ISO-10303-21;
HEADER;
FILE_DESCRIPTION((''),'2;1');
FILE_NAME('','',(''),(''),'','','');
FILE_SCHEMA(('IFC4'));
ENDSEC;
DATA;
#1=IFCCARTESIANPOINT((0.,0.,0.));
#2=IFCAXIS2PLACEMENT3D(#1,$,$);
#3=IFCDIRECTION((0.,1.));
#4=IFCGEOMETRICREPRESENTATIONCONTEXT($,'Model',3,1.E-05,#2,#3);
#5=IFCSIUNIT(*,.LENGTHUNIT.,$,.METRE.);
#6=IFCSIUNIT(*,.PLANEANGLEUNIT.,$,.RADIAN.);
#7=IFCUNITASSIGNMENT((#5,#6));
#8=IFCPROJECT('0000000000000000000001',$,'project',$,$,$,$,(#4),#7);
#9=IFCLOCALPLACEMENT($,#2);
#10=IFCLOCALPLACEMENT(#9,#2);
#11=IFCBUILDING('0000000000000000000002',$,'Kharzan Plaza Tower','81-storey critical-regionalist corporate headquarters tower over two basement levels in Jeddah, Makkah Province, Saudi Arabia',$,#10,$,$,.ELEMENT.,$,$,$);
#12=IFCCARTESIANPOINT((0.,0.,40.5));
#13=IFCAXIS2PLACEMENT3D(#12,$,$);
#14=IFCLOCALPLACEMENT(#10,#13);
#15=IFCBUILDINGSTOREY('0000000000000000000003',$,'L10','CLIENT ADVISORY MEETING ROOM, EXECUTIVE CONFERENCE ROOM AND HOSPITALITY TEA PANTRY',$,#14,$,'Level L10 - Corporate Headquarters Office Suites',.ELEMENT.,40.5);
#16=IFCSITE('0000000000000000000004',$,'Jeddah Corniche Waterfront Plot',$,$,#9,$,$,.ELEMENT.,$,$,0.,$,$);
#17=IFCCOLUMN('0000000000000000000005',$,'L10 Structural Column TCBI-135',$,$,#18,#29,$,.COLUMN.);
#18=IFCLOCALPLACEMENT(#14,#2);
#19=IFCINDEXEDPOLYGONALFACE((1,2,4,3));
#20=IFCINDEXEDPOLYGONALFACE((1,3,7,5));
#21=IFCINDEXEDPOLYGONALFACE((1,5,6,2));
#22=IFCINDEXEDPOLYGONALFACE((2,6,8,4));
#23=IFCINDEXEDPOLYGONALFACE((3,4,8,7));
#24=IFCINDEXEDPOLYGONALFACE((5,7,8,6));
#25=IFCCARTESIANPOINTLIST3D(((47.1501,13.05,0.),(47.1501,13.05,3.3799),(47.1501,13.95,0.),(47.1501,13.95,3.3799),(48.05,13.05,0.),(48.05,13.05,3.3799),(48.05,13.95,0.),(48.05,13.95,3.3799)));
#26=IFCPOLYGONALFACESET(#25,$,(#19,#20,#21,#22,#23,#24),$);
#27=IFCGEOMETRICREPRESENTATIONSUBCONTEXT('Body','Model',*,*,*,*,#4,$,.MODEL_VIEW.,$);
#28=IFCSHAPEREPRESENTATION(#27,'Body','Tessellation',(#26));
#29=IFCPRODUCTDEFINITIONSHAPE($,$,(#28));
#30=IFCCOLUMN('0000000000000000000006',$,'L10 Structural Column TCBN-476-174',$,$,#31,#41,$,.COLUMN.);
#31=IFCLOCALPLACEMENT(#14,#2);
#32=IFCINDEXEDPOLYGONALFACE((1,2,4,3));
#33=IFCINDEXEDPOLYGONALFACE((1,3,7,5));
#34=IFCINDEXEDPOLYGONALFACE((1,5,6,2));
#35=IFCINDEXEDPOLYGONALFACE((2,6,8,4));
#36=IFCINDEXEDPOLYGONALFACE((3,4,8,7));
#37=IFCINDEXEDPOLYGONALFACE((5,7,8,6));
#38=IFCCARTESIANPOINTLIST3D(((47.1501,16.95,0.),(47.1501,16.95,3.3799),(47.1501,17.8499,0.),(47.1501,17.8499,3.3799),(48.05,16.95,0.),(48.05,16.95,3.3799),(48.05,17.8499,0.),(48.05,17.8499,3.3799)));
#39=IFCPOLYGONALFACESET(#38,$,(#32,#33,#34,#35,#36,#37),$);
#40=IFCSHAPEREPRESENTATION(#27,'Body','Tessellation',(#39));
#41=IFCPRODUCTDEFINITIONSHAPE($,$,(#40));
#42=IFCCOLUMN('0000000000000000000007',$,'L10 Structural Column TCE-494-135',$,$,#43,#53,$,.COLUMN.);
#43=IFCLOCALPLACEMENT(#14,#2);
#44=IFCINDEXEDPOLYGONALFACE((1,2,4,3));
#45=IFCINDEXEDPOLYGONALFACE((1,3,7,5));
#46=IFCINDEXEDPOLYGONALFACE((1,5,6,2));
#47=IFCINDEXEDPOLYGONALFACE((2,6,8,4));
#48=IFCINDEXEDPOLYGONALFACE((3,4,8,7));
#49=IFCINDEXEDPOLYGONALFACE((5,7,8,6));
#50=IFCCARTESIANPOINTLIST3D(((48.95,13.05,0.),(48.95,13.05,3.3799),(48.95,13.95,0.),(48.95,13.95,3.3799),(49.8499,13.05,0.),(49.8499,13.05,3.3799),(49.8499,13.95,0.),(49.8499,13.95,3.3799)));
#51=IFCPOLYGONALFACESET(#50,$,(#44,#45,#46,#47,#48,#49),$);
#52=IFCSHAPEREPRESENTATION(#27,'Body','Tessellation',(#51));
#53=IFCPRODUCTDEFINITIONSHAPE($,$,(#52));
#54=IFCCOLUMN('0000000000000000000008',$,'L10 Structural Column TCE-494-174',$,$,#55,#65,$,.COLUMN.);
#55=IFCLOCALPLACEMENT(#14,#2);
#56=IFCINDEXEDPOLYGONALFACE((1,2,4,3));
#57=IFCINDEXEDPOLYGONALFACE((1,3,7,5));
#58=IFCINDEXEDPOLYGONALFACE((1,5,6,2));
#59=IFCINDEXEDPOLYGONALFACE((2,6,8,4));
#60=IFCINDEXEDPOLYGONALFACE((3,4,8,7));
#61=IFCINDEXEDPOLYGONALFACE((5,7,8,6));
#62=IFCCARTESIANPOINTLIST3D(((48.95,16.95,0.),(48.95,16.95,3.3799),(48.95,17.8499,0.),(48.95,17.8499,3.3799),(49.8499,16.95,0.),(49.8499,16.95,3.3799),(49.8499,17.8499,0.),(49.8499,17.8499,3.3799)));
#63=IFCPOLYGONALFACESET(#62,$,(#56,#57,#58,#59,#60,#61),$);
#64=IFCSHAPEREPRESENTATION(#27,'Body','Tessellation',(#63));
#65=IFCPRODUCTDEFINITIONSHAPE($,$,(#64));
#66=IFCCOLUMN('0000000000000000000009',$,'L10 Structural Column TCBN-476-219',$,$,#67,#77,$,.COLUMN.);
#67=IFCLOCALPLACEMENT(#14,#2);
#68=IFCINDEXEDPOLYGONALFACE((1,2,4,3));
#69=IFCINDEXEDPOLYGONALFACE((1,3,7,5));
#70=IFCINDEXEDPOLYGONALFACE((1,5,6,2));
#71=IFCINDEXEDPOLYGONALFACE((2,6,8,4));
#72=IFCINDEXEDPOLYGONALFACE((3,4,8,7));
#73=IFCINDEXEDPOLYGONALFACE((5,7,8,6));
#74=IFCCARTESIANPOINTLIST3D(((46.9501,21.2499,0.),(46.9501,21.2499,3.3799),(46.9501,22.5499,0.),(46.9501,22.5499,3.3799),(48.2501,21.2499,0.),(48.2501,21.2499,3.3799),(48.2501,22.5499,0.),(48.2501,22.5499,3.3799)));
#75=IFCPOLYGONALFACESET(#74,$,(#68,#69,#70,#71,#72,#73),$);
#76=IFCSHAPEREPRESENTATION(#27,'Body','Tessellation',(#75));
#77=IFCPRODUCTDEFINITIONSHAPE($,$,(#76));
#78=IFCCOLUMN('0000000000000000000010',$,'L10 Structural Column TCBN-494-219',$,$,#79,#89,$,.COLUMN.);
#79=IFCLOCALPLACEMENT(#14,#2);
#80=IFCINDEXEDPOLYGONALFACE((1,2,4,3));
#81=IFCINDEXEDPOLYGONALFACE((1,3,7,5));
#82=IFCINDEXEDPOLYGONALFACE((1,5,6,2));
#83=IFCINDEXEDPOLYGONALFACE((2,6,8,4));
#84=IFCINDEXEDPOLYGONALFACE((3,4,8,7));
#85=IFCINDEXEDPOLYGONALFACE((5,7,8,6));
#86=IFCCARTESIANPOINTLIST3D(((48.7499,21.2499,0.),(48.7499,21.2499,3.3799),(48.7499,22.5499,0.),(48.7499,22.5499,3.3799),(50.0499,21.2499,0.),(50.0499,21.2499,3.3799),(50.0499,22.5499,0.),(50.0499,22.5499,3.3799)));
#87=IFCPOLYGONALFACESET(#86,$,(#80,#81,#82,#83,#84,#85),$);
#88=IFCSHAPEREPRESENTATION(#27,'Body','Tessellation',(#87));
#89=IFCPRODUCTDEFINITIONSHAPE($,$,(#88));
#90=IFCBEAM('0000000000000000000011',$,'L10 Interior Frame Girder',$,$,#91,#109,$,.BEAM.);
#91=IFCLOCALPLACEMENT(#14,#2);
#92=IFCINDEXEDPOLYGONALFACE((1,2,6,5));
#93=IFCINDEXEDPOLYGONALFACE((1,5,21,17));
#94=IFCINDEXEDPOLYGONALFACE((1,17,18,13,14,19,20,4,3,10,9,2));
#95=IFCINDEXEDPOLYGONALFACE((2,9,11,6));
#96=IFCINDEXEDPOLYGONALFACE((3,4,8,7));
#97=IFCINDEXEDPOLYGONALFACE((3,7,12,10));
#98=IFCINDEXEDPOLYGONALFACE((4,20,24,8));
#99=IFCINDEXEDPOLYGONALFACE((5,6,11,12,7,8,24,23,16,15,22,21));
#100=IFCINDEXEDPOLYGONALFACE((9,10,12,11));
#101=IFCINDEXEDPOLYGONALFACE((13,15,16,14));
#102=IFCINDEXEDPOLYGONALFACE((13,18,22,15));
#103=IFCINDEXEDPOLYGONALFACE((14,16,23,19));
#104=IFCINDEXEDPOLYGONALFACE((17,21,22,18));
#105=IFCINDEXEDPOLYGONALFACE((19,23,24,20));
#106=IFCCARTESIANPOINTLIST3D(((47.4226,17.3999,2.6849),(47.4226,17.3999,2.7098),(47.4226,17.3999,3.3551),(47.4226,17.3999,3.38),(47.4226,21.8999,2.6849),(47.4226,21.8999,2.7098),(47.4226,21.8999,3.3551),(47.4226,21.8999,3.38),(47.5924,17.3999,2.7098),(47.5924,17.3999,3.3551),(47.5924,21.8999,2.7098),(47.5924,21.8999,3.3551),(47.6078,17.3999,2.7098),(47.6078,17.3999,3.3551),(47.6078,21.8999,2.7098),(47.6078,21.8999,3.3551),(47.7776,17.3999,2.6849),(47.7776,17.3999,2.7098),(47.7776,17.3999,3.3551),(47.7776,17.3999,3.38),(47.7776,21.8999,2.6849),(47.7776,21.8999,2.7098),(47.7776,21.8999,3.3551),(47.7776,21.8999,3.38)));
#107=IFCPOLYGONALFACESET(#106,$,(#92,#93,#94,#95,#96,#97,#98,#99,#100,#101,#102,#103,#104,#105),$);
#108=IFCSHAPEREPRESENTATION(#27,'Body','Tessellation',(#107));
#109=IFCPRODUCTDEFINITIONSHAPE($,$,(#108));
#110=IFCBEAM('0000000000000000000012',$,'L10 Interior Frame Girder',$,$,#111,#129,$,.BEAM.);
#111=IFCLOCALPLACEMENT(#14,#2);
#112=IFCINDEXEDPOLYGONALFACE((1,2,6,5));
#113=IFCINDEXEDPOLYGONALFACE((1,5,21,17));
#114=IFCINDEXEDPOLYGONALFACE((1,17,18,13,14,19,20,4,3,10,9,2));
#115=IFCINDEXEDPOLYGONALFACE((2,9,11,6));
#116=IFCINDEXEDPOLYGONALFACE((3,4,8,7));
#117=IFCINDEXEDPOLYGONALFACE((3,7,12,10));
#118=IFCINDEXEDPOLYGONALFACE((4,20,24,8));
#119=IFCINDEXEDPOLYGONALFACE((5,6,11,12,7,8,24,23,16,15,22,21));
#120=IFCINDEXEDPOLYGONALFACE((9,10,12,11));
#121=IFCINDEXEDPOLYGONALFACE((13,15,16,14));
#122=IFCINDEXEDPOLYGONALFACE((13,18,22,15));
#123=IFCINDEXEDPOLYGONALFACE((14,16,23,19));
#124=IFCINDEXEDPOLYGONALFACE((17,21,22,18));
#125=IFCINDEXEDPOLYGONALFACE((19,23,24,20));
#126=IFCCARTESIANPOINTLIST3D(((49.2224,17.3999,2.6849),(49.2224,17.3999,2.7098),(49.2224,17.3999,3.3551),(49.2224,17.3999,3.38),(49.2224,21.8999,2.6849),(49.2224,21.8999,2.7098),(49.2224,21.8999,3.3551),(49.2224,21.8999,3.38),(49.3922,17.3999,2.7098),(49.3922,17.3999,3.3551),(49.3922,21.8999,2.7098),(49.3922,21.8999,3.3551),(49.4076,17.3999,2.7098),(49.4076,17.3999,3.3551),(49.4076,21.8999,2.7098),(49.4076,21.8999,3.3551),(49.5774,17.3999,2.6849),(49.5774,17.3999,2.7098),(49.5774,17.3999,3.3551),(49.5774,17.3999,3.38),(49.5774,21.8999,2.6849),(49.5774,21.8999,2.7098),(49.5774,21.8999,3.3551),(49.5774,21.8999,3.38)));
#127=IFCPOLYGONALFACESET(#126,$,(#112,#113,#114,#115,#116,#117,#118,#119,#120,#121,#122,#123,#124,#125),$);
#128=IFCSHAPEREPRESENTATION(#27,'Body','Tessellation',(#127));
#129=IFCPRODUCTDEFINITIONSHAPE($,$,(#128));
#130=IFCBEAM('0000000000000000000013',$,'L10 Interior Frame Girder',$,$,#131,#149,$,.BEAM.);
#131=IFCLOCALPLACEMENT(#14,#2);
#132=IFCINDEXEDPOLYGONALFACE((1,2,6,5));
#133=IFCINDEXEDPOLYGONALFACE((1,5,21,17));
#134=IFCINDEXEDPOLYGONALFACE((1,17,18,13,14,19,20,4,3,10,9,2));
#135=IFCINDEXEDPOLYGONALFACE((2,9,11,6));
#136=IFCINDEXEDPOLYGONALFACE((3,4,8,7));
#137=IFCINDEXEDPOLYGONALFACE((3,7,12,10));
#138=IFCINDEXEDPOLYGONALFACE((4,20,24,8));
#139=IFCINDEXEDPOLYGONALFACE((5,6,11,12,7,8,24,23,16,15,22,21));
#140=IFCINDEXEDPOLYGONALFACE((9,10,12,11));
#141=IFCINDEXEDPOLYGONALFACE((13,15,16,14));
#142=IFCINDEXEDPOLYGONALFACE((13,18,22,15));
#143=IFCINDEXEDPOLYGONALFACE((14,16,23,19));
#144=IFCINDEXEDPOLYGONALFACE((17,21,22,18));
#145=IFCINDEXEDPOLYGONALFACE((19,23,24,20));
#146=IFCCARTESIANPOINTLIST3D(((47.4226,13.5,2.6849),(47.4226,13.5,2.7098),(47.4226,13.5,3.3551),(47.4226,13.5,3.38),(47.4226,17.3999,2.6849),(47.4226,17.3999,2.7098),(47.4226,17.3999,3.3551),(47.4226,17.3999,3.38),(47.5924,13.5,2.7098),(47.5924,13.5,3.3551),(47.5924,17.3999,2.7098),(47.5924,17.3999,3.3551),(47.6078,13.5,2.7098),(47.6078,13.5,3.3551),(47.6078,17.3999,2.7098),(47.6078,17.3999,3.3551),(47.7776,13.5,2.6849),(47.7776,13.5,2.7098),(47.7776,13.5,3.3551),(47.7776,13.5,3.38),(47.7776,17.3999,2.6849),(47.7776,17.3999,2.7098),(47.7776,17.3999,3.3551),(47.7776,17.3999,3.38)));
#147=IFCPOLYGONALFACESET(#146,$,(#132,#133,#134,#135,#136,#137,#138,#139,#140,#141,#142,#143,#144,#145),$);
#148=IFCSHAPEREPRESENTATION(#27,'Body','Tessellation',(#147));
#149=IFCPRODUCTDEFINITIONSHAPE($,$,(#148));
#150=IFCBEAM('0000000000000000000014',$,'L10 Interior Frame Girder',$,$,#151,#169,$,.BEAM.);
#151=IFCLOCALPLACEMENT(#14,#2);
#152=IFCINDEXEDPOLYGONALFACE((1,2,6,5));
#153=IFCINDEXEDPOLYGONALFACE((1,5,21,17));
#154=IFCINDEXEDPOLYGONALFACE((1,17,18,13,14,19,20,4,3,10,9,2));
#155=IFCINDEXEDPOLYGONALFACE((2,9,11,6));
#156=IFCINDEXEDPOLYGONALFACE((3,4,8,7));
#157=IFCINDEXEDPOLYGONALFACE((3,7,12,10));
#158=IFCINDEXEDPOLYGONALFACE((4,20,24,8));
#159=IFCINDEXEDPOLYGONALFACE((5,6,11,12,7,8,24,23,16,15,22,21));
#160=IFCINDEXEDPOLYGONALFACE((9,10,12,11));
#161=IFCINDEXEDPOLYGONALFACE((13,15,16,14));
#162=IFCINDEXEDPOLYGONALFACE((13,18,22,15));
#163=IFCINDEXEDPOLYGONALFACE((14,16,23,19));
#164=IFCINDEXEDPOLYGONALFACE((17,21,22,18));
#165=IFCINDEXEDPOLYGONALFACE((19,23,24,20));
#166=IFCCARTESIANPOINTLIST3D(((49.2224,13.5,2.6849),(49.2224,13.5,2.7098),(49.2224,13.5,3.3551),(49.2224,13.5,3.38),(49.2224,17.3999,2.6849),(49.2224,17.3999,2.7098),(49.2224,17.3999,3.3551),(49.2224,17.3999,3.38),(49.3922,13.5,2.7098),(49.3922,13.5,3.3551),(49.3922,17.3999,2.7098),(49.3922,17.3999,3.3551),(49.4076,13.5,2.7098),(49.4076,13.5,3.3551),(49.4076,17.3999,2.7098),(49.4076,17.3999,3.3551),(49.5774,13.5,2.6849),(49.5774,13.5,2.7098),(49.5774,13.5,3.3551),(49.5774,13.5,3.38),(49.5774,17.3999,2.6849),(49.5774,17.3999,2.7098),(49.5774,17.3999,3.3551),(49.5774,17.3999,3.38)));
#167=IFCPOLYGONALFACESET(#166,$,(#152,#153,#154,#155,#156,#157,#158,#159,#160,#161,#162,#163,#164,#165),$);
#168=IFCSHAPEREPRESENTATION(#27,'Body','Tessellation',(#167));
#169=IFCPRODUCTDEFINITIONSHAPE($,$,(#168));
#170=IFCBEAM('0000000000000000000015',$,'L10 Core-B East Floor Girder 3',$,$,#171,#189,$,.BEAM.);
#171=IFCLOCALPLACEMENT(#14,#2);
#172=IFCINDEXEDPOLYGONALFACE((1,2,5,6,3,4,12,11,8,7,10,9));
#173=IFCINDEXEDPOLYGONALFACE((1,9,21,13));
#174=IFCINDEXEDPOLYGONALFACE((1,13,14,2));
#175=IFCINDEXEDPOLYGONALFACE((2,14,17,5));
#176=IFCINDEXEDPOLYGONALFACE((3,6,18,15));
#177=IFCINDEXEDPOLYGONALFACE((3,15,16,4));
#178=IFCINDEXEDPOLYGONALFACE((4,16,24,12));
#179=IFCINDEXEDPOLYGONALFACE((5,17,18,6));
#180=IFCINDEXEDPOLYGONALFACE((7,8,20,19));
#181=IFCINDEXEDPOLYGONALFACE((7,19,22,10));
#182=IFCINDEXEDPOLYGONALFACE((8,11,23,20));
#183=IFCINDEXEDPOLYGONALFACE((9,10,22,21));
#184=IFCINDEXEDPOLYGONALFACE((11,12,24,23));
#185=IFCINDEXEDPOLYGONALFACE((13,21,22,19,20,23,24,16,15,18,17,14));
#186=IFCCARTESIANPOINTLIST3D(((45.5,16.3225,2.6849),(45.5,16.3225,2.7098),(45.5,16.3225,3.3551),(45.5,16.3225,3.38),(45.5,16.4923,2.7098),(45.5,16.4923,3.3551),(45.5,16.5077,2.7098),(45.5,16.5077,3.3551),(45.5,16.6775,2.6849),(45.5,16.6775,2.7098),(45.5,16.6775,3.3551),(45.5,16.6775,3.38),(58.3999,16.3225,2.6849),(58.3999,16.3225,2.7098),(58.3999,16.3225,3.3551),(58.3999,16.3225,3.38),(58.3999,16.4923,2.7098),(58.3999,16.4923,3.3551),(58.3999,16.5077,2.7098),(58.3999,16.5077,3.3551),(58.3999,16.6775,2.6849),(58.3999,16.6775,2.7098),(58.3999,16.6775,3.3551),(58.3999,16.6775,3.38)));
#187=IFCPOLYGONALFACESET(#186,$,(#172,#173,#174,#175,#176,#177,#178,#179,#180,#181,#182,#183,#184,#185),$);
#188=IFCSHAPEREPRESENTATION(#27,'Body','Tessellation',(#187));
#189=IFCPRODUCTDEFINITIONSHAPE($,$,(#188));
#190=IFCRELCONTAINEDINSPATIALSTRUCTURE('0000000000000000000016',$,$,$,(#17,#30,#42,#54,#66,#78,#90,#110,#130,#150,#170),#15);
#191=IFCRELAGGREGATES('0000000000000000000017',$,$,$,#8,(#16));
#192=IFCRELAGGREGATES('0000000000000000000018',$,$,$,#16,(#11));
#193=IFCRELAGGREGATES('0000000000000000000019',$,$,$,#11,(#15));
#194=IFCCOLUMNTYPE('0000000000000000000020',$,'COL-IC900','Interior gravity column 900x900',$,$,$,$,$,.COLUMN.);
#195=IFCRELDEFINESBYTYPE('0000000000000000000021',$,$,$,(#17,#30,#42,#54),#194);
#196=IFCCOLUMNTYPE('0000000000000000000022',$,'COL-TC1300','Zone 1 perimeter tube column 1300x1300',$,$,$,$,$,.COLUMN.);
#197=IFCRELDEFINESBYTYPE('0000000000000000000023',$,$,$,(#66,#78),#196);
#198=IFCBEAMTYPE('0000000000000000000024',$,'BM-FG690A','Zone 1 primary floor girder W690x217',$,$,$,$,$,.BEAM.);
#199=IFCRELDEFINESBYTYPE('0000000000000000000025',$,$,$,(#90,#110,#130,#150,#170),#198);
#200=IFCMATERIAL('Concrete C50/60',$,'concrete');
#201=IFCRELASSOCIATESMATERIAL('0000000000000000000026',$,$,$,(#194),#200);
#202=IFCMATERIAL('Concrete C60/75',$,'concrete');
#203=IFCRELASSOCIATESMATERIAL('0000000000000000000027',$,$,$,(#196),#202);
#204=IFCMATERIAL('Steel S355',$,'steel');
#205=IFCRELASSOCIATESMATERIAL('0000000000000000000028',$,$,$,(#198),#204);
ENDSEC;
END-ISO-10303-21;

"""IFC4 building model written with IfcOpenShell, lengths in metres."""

from ifc_helpers import new_model, si_unit, direction, frame, origin, origin_2d, place, context, subcontext, project, spatial, rectangle, i_section, extrude, source, transform, mapped, material, material_profile, profile_set, type_object, element, save


model = new_model("IFC4")

# Units and contexts
model_context = context("Model", 3, precision=1e-05, world=origin(), true_north=direction((0.0, 1.0)))
body_context = subcontext(model_context, "Body", "Model", "MODEL_VIEW")
ifc_project = project(units=[si_unit("LENGTHUNIT", "METRE"), si_unit("PLANEANGLEUNIT", "RADIAN")], contexts=[model_context])

# Site, building, storey
site_placement = place(None, origin())
site = spatial("IfcSite", under=ifc_project, at=site_placement, Name="Jeddah Corniche Waterfront Plot", CompositionType="ELEMENT", RefElevation=0.0)
building_placement = place(site_placement, origin())
building = spatial("IfcBuilding", under=site, at=building_placement, Name="Kharzan Plaza Tower", Description="81-storey critical-regionalist corporate headquarters tower over two basement levels in Jeddah, Makkah Province, Saudi Arabia", CompositionType="ELEMENT")
storey_placement = place(building_placement, frame((0.0, 0.0, 40.5)))
storey = spatial("IfcBuildingStorey", under=building, at=storey_placement, Name="L10", Description="CLIENT ADVISORY MEETING ROOM, EXECUTIVE CONFERENCE ROOM AND HOSPITALITY TEA PANTRY", LongName="Level L10 - Corporate Headquarters Office Suites", CompositionType="ELEMENT", Elevation=40.5)

# Columns
ifc_material_1 = material(Name="Concrete C50/60", Category="concrete")
ifc_material_profile_1 = material_profile(ifc_material_1, rectangle(XDim=0.8999, YDim=0.8999, at=origin_2d()), Name="RC-IC900x900")
ifc_profile_set_1 = profile_set([ifc_material_profile_1], Name="Concrete C50/60")
column_type_1 = type_object("IfcColumnType", Name="COL-IC900", Description="Interior gravity column 900x900", PredefinedType="COLUMN", material=ifc_profile_set_1)
shared_shape_1 = source(origin(), body_context, "Body", "SweptSolid", [
    extrude(rectangle(XDim=0.8999, YDim=0.8999, at=origin_2d()), origin(), (0.0, 0.0, 1.0), 3.3799),
])
for number, where, z_axis, x_axis, name in (
    (1, (47.6001, 13.5, 0.0), (0.0, 0.0, 1.0), (1.0, 0.0, 0.0), "L10 Structural Column TCBI-135"),
    (2, (47.6001, 17.3999, 0.0), (0.0, 0.0, 1.0), (1.0, 0.0, 0.0), "L10 Structural Column TCBN-476-174"),
    (3, (49.3999, 13.5, 0.0), (0.0, 0.0, 1.0), (1.0, 0.0, 0.0), "L10 Structural Column TCE-494-135"),
    (4, (49.3999, 17.3999, 0.0), (0.0, 0.0, 1.0), (1.0, 0.0, 0.0), "L10 Structural Column TCE-494-174"),
):
    element("IfcColumn", number, at=place(storey_placement, frame(where, z_axis=z_axis, x_axis=x_axis)), inside=storey, type_object=column_type_1, Name=name, PredefinedType="COLUMN", context=body_context, shape_type="MappedRepresentation", body=[
        mapped(shared_shape_1, transform((0.0, 0.0, 0.0), x_axis=(1.0, 0.0, 0.0), y_axis=(0.0, 1.0, 0.0), z_axis=(0.0, 0.0, 1.0))),
    ])
ifc_material_2 = material(Name="Concrete C60/75", Category="concrete")
ifc_material_profile_2 = material_profile(ifc_material_2, rectangle(XDim=1.3, YDim=1.3, at=origin_2d()), Name="RC-TC1300x1300")
ifc_profile_set_2 = profile_set([ifc_material_profile_2], Name="Concrete C60/75")
column_type_2 = type_object("IfcColumnType", Name="COL-TC1300", Description="Zone 1 perimeter tube column 1300x1300", PredefinedType="COLUMN", material=ifc_profile_set_2)
shared_shape_2 = source(origin(), body_context, "Body", "SweptSolid", [
    extrude(rectangle(XDim=1.3, YDim=1.3, at=origin_2d()), origin(), (0.0, 0.0, 1.0), 3.3799),
])
for number, where, z_axis, x_axis, name in (
    (5, (47.6001, 21.8999, 0.0), (0.0, 0.0, 1.0), (1.0, 0.0, 0.0), "L10 Structural Column TCBN-476-219"),
    (6, (49.3999, 21.8999, 0.0), (0.0, 0.0, 1.0), (1.0, 0.0, 0.0), "L10 Structural Column TCBN-494-219"),
):
    element("IfcColumn", number, at=place(storey_placement, frame(where, z_axis=z_axis, x_axis=x_axis)), inside=storey, type_object=column_type_2, Name=name, PredefinedType="COLUMN", context=body_context, shape_type="MappedRepresentation", body=[
        mapped(shared_shape_2, transform((0.0, 0.0, 0.0), x_axis=(1.0, 0.0, 0.0), y_axis=(0.0, 1.0, 0.0), z_axis=(0.0, 0.0, 1.0))),
    ])

# Beams
ifc_material_3 = material(Name="Steel S355", Category="steel")
ifc_material_profile_3 = material_profile(ifc_material_3, i_section(OverallWidth=0.355, OverallDepth=0.6951, WebThickness=0.0154, FlangeThickness=0.0249, at=origin_2d()), Name="W690x217")
ifc_profile_set_3 = profile_set([ifc_material_profile_3], Name="Steel S355")
beam_type_1 = type_object("IfcBeamType", Name="BM-FG690A", Description="Zone 1 primary floor girder W690x217", PredefinedType="BEAM", material=ifc_profile_set_3)
shared_shape_3 = source(origin(), body_context, "Body", "SweptSolid", [
    extrude(i_section(OverallWidth=0.355, OverallDepth=0.6951, WebThickness=0.0154, FlangeThickness=0.0249, at=origin_2d()), origin(), (0.0, 0.0, 1.0), 4.5),
])
for number, where, z_axis, x_axis, name in (
    (7, (47.6001, 17.3999, 3.0325), (0.0, 1.0, 0.0), (-1.0, 0.0, 0.0), "L10 Interior Frame Girder"),
    (8, (49.3999, 17.3999, 3.0325), (0.0, 1.0, 0.0), (-1.0, 0.0, 0.0), "L10 Interior Frame Girder"),
):
    element("IfcBeam", number, at=place(storey_placement, frame(where, z_axis=z_axis, x_axis=x_axis)), inside=storey, type_object=beam_type_1, Name=name, PredefinedType="BEAM", context=body_context, shape_type="MappedRepresentation", body=[
        mapped(shared_shape_3, transform((0.0, 0.0, 0.0), x_axis=(1.0, 0.0, 0.0), y_axis=(0.0, 1.0, 0.0), z_axis=(0.0, 0.0, 1.0))),
    ])
shared_shape_4 = source(origin(), body_context, "Body", "SweptSolid", [
    extrude(i_section(OverallWidth=0.355, OverallDepth=0.6951, WebThickness=0.0154, FlangeThickness=0.0249, at=origin_2d()), origin(), (0.0, 0.0, 1.0), 3.8999),
])
for number, where, z_axis, x_axis, name in (
    (9, (47.6001, 13.5, 3.0325), (0.0, 1.0, 0.0), (-1.0, 0.0, 0.0), "L10 Interior Frame Girder"),
    (10, (49.3999, 13.5, 3.0325), (0.0, 1.0, 0.0), (-1.0, 0.0, 0.0), "L10 Interior Frame Girder"),
):
    element("IfcBeam", number, at=place(storey_placement, frame(where, z_axis=z_axis, x_axis=x_axis)), inside=storey, type_object=beam_type_1, Name=name, PredefinedType="BEAM", context=body_context, shape_type="MappedRepresentation", body=[
        mapped(shared_shape_4, transform((0.0, 0.0, 0.0), x_axis=(1.0, 0.0, 0.0), y_axis=(0.0, 1.0, 0.0), z_axis=(0.0, 0.0, 1.0))),
    ])
shared_shape_5 = source(origin(), body_context, "Body", "SweptSolid", [
    extrude(i_section(OverallWidth=0.355, OverallDepth=0.6951, WebThickness=0.0154, FlangeThickness=0.0249, at=origin_2d()), origin(), (0.0, 0.0, 1.0), 12.8999),
])
beam_1_placement = place(storey_placement, frame((45.5, 16.5, 3.0325), z_axis=(1.0, 0.0, 0.0), x_axis=(0.0, 1.0, 0.0)))
element("IfcBeam", 11, at=beam_1_placement, inside=storey, type_object=beam_type_1, Name="L10 Core-B East Floor Girder 3", PredefinedType="BEAM", context=body_context, shape_type="MappedRepresentation", body=[
    mapped(shared_shape_5, transform((0.0, 0.0, 0.0), x_axis=(1.0, 0.0, 0.0), y_axis=(0.0, 1.0, 0.0), z_axis=(0.0, 0.0, 1.0))),
])

save(model, "model.ifc")
